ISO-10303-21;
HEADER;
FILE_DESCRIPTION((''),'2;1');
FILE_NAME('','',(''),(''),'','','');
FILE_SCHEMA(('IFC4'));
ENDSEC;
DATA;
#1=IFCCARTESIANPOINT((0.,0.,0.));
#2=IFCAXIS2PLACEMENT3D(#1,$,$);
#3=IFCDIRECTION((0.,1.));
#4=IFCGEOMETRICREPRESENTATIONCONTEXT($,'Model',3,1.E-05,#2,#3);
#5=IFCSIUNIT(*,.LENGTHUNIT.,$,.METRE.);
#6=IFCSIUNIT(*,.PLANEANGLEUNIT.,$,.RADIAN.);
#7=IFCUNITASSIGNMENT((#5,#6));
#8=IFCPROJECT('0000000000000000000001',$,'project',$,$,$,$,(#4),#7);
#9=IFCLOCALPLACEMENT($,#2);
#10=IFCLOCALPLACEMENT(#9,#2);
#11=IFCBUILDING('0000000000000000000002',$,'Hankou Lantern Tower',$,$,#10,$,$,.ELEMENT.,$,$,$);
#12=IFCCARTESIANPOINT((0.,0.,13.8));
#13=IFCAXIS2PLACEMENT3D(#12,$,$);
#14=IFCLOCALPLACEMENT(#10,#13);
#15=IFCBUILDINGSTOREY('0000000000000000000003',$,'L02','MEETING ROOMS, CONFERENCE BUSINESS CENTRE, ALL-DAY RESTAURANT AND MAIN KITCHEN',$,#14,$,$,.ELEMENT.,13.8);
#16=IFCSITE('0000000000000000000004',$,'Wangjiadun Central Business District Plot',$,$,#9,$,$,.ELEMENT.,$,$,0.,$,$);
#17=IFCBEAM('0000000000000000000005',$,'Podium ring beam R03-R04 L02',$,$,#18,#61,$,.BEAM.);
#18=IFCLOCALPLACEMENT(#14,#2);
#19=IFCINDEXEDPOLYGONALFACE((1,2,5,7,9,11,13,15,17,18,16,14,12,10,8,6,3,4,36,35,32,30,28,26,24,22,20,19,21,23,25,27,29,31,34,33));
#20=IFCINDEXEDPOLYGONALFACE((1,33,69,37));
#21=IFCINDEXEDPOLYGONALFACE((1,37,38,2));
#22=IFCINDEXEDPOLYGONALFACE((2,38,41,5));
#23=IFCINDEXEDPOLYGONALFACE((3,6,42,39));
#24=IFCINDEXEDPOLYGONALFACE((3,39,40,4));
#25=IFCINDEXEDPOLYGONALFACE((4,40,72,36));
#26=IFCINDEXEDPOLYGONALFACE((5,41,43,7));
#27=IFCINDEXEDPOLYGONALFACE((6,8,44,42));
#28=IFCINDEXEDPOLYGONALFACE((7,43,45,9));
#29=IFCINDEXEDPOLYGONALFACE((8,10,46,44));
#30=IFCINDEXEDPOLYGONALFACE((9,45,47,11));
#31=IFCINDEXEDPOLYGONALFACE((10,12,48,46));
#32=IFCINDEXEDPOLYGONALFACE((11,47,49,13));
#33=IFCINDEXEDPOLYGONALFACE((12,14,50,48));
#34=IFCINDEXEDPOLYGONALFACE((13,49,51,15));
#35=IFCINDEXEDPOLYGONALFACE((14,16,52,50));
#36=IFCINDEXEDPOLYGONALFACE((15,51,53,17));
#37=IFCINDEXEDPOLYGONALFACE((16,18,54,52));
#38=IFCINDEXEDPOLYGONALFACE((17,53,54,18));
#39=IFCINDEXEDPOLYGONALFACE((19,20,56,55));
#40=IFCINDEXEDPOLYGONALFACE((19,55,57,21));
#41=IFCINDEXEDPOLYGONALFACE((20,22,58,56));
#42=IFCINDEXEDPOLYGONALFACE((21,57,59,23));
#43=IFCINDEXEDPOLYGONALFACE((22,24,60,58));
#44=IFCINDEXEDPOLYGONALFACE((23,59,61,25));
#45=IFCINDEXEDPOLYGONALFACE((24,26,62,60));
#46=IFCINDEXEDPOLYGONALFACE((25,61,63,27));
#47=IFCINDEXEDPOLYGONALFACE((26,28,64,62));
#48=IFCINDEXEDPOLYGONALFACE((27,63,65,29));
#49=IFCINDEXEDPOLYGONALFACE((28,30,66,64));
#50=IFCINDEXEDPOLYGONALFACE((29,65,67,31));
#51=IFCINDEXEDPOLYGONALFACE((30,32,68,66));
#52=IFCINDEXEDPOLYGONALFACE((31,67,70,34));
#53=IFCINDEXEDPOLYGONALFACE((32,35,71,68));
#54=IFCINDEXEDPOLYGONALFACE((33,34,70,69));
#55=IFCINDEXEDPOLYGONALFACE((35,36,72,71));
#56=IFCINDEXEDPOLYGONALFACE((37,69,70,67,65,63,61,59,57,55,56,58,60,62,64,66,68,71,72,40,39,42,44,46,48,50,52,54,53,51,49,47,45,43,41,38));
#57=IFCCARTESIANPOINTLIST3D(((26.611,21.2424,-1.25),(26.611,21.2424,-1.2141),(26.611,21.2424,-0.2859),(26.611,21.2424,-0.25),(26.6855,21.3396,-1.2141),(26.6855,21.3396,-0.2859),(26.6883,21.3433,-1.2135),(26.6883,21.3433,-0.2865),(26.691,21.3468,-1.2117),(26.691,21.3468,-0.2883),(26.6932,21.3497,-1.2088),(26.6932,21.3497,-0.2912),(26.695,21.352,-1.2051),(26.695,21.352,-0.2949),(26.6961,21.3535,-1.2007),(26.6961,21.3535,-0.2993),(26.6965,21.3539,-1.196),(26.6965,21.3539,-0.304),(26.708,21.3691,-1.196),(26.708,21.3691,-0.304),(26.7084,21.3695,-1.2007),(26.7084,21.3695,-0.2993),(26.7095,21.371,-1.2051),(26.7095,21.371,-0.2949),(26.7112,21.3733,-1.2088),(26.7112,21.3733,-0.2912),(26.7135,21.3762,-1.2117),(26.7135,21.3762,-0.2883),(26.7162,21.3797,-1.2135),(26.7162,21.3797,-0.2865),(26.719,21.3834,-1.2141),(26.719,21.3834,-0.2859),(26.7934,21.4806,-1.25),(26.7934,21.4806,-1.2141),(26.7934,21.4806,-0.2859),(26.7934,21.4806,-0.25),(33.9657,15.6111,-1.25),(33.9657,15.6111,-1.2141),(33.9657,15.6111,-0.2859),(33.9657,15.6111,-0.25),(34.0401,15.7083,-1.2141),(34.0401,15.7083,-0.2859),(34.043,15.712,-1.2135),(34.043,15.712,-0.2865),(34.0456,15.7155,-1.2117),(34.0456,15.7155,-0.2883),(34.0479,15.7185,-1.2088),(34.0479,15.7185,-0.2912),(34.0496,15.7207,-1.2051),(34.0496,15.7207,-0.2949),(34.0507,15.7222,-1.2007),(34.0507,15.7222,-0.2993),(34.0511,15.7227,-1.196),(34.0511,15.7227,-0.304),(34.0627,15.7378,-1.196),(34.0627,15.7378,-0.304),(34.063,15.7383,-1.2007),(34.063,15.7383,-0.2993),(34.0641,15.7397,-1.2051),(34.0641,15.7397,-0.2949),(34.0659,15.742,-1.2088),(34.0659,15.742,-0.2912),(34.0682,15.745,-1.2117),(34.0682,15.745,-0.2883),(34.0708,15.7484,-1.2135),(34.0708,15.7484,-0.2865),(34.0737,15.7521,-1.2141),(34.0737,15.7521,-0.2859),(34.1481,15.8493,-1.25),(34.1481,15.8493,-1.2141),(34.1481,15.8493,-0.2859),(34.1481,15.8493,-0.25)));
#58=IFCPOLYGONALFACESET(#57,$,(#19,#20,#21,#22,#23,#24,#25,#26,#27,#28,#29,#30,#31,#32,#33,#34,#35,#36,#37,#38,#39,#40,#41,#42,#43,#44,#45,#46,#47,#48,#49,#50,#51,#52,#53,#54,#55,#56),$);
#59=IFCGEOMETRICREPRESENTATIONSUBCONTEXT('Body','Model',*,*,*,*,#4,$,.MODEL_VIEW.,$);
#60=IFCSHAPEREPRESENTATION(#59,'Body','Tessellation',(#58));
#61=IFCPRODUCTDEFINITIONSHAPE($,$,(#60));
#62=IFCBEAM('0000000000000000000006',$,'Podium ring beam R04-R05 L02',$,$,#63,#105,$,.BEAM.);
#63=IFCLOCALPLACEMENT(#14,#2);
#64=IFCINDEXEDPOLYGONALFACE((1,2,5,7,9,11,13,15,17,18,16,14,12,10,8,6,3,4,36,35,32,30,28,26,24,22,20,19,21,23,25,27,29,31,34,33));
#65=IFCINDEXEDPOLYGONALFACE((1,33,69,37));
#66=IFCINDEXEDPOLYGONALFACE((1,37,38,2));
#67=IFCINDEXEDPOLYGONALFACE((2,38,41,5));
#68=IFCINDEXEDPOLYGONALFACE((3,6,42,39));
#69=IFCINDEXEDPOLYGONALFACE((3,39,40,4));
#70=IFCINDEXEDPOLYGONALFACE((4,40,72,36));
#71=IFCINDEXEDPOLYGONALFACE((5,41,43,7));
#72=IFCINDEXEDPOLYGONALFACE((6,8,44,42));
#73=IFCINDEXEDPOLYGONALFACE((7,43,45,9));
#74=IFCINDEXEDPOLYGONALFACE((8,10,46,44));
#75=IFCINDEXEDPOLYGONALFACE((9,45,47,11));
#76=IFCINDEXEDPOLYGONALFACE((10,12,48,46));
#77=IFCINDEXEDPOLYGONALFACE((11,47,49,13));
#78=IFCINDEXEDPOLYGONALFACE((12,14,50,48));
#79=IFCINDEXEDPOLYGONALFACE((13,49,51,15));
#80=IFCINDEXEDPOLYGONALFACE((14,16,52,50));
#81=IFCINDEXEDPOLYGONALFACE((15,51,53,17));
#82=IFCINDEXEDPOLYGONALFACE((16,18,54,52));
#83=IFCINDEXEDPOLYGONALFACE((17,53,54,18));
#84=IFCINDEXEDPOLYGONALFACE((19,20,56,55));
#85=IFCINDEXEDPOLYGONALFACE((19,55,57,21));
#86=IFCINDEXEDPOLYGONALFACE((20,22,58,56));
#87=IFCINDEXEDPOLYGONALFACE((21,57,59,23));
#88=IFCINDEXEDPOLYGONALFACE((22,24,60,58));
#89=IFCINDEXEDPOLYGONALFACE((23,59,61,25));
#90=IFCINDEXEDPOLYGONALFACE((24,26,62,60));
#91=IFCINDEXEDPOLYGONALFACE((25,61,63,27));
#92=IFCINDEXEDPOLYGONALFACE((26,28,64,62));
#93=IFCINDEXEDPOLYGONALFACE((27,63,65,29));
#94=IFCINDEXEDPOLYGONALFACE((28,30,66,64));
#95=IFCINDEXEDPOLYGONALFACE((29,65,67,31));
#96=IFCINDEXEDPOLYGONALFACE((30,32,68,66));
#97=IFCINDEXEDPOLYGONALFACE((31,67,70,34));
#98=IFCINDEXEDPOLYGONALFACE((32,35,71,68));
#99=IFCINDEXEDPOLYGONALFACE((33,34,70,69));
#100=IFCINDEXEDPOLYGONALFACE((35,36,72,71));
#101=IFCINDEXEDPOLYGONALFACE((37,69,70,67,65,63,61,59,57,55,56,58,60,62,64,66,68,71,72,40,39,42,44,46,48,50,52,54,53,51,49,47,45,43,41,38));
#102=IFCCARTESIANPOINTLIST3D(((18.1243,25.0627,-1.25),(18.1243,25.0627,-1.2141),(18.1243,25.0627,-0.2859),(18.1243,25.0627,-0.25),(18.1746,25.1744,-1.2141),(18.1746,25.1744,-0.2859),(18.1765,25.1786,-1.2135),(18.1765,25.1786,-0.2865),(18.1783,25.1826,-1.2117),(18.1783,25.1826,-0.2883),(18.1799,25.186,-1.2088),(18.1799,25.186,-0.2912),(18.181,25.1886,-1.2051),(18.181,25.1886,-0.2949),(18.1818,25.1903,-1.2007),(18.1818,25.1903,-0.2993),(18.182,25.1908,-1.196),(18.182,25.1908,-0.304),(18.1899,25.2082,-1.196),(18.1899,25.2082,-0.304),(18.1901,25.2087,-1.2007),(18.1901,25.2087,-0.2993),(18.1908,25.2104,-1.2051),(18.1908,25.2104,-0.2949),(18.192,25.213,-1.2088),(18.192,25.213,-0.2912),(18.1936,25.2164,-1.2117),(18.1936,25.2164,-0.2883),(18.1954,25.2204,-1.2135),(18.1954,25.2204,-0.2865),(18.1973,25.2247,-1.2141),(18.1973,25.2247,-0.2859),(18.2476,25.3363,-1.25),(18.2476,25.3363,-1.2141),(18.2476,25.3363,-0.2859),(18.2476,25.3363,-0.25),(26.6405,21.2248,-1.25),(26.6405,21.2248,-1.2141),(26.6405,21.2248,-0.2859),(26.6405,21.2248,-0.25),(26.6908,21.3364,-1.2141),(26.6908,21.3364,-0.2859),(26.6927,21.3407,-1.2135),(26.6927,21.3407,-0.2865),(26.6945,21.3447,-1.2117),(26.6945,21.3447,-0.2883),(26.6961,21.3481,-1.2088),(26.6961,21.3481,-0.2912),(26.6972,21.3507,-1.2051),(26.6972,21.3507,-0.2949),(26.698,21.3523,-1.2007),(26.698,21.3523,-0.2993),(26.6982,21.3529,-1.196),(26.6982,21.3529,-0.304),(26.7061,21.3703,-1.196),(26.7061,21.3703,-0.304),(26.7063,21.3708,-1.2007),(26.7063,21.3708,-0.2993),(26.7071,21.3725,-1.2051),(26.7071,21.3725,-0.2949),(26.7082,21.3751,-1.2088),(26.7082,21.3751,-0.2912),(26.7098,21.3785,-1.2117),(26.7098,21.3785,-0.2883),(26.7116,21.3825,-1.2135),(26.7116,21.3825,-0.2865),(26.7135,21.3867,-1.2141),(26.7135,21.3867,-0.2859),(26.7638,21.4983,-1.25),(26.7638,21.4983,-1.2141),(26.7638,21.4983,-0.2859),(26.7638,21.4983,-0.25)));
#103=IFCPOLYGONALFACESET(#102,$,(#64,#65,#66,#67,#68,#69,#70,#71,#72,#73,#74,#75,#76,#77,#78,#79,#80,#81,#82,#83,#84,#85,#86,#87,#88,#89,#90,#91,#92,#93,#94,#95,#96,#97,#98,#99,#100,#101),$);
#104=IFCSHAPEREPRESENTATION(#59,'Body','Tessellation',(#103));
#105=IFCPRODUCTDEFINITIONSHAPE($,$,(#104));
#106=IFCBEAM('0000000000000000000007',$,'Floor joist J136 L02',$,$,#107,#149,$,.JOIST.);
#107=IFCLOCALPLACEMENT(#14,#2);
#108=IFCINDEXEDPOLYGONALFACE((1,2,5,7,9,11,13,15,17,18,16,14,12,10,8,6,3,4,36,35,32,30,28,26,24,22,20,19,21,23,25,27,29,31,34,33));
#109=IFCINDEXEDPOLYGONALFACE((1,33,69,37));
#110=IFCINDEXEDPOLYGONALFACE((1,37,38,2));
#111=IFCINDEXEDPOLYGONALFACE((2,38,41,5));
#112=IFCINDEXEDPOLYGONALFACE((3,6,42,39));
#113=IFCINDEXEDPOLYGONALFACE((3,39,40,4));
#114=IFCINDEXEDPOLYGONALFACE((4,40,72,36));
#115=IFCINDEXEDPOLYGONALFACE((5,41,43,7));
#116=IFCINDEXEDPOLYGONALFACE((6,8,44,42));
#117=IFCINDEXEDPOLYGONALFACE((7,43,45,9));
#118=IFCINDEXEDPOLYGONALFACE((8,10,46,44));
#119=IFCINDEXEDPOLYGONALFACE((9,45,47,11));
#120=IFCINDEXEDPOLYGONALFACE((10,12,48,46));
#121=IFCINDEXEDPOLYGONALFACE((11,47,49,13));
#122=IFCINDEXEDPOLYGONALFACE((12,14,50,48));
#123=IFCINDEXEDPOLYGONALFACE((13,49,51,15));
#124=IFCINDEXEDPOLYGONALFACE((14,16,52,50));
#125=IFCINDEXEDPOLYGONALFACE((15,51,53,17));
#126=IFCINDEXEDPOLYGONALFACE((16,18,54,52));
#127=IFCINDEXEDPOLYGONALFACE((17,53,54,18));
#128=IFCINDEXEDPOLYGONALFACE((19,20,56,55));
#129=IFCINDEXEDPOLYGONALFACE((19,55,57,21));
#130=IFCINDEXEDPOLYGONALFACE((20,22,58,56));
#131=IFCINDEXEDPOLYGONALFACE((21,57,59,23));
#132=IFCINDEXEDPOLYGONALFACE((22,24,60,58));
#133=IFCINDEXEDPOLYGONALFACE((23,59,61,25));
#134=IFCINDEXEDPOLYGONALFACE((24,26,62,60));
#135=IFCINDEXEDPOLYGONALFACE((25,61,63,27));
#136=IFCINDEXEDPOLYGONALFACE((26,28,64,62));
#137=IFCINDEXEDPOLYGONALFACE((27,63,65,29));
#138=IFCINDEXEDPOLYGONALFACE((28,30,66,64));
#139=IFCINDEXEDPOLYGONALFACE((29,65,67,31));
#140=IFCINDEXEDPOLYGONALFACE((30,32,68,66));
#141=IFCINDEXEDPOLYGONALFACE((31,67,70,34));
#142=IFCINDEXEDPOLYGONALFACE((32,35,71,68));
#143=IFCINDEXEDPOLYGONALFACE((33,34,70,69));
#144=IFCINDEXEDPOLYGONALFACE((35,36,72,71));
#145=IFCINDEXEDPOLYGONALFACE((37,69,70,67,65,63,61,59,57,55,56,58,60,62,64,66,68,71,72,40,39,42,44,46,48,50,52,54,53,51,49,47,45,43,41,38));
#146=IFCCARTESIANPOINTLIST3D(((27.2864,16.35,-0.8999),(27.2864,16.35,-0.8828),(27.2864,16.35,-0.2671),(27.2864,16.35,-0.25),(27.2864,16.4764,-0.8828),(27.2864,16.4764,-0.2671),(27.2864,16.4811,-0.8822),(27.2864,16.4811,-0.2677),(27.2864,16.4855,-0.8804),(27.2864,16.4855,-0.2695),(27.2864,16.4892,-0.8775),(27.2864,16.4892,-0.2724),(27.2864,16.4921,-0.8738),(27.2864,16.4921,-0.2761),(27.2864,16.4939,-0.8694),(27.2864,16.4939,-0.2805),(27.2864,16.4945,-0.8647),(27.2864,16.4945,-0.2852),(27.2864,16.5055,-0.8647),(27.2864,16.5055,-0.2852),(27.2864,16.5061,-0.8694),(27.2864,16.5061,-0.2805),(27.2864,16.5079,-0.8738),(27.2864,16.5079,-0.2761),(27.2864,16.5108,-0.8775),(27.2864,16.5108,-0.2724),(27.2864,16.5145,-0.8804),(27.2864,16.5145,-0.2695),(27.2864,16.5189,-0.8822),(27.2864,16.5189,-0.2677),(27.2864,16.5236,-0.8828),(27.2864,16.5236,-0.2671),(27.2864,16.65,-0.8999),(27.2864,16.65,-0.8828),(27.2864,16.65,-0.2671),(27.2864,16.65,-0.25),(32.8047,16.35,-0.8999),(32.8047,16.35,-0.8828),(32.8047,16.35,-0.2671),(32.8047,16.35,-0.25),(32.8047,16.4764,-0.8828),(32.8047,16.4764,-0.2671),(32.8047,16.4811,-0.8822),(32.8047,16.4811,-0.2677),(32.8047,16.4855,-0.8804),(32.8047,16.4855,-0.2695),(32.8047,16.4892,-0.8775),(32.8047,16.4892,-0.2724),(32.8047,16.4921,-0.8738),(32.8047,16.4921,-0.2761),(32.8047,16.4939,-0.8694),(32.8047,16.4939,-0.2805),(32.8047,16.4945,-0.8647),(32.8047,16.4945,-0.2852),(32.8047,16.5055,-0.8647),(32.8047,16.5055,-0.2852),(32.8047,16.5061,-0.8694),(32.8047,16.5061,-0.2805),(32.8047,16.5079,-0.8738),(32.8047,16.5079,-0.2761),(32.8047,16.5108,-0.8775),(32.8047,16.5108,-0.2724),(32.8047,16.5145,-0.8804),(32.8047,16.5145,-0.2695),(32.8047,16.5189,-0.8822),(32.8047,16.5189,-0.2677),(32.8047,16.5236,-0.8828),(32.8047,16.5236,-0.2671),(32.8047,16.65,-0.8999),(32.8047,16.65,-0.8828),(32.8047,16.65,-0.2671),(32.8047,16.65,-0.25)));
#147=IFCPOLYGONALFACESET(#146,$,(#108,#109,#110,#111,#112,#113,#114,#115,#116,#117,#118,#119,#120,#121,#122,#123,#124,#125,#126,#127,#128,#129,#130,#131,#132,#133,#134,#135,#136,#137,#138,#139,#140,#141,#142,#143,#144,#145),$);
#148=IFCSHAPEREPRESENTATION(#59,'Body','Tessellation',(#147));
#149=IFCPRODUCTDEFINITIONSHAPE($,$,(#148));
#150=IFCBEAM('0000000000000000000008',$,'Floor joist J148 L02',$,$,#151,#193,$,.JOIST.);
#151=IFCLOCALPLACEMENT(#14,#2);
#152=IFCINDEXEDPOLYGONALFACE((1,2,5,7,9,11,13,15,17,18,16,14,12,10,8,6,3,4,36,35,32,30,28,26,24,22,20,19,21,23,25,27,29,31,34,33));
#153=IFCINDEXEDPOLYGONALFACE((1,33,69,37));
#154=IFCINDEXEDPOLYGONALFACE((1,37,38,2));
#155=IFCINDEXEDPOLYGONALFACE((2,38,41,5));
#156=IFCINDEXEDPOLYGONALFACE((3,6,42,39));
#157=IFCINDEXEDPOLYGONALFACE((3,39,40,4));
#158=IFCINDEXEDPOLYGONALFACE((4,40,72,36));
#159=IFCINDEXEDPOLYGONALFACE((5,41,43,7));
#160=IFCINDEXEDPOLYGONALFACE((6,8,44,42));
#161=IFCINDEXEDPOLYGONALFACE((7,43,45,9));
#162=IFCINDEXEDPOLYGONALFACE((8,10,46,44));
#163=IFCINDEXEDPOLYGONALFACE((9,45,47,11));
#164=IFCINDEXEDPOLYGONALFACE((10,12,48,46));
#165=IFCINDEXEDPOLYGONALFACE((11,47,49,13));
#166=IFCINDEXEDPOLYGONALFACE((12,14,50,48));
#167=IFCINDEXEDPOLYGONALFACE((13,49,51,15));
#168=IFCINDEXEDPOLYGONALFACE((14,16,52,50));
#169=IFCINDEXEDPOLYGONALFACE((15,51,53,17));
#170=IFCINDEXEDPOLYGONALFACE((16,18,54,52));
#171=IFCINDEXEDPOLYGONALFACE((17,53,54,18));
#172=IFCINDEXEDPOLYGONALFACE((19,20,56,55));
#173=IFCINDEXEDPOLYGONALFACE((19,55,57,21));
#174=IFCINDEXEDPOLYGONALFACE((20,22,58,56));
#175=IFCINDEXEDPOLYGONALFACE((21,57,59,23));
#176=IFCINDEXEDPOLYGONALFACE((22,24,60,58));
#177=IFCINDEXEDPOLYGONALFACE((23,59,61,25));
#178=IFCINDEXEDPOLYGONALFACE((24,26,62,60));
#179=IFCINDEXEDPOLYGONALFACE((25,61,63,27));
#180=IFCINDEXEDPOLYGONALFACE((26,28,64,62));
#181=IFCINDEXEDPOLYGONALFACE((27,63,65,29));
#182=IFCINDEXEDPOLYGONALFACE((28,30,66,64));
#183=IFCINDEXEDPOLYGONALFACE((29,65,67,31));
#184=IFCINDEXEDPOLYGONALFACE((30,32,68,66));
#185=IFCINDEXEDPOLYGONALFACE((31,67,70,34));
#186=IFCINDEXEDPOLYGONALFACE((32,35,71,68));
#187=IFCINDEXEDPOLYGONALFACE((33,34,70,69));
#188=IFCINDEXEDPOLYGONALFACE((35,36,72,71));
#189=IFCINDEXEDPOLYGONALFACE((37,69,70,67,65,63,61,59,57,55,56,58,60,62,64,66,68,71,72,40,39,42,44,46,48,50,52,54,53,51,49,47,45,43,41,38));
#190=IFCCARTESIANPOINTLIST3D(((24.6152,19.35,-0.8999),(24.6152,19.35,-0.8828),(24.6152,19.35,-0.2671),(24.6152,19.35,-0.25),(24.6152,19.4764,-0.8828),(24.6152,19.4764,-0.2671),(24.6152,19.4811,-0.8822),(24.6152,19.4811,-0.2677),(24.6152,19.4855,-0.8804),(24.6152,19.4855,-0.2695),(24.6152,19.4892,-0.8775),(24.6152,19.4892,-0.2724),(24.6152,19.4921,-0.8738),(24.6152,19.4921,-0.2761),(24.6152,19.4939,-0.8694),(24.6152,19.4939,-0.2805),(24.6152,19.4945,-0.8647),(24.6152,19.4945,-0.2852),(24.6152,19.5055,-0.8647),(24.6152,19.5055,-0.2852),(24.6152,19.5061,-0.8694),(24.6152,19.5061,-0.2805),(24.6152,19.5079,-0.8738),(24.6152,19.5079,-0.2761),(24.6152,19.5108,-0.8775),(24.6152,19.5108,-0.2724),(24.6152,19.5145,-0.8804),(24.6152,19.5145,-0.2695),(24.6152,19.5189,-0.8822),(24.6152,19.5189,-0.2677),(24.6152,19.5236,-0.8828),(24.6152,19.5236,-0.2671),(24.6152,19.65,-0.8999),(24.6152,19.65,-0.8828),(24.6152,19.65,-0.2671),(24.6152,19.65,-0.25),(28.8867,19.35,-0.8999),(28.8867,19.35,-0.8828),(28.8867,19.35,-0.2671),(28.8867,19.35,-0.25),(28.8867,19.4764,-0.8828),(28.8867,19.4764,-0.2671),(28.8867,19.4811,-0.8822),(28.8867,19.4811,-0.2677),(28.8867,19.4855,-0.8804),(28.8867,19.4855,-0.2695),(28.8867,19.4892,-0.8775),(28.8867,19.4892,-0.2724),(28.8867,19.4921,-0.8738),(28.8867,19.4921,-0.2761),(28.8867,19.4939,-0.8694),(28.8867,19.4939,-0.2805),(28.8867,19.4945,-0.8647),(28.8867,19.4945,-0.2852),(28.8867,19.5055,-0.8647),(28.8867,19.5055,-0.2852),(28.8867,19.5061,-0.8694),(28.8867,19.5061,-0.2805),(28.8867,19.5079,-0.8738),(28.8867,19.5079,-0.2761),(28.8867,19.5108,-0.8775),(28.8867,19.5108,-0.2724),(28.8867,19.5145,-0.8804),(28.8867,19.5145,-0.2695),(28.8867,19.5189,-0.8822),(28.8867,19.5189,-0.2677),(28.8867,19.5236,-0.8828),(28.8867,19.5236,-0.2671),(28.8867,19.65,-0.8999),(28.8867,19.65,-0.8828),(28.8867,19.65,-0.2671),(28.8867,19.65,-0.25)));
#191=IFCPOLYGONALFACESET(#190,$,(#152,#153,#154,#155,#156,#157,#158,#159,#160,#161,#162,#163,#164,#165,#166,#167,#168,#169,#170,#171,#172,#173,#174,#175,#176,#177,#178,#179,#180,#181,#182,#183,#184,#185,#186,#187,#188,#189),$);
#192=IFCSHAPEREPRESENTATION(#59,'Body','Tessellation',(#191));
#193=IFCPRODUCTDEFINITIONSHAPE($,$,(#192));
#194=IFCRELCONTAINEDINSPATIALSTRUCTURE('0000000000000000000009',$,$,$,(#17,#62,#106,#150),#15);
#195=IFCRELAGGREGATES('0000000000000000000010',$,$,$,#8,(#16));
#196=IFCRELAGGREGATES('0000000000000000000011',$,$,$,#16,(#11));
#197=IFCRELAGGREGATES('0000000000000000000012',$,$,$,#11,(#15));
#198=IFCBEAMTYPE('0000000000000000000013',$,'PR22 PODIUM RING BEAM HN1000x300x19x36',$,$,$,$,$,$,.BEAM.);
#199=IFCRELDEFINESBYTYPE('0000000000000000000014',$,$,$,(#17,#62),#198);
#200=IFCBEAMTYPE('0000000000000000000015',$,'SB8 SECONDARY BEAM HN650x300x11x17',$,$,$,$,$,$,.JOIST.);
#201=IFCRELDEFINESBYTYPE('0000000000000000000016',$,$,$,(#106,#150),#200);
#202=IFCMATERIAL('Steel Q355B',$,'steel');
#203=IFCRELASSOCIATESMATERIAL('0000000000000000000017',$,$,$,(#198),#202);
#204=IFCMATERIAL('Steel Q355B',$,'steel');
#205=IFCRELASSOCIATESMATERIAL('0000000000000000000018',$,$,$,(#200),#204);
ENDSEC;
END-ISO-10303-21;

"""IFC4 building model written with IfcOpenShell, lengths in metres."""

from ifc_helpers import new_model, si_unit, direction, frame, origin, origin_2d, place, context, subcontext, project, spatial, i_section, extrude, material, material_profile, profile_set, type_object, element, save


model = new_model("IFC4")

# Units and contexts
model_context = context("Model", 3, precision=1e-05, world=origin(), true_north=direction((0.0, 1.0)))
body_context = subcontext(model_context, "Body", "Model", "MODEL_VIEW")
ifc_project = project(units=[si_unit("LENGTHUNIT", "METRE"), si_unit("PLANEANGLEUNIT", "RADIAN")], contexts=[model_context])

# Site, building, storey
site_placement = place(None, origin())
site = spatial("IfcSite", under=ifc_project, at=site_placement, Name="Wangjiadun Central Business District Plot", CompositionType="ELEMENT", RefElevation=0.0)
building_placement = place(site_placement, origin())
building = spatial("IfcBuilding", under=site, at=building_placement, Name="Hankou Lantern Tower", CompositionType="ELEMENT")
storey_placement = place(building_placement, frame((0.0, 0.0, 13.8)))
storey = spatial("IfcBuildingStorey", under=building, at=storey_placement, Name="L02", Description="MEETING ROOMS, CONFERENCE BUSINESS CENTRE, ALL-DAY RESTAURANT AND MAIN KITCHEN", CompositionType="ELEMENT", Elevation=13.8)

# Beams
ifc_material_1 = material(Name="Steel Q355B", Category="steel")
ifc_material_profile_1 = material_profile(ifc_material_1, i_section(OverallWidth=0.3, OverallDepth=1.0, WebThickness=0.019, FlangeThickness=0.0359, FilletRadius=0.0181, at=origin_2d()), Name="HN1000x300x19x36")
ifc_profile_set_1 = profile_set([ifc_material_profile_1], Name="Steel Q355B")
beam_type_1 = type_object("IfcBeamType", Name="PR22 PODIUM RING BEAM HN1000x300x19x36", PredefinedType="BEAM", material=ifc_profile_set_1)
beam_1_placement = place(storey_placement, frame((34.0569, 15.7302, -0.75), z_axis=(-0.793986, 0.607936, 0.0), x_axis=(-0.607936, -0.793986, 0.0)))
element("IfcBeam", 1, at=beam_1_placement, inside=storey, type_object=beam_type_1, Name="Podium ring beam R03-R04 L02", PredefinedType="BEAM", context=body_context, shape_type="SweptSolid", body=[
    extrude(i_section(OverallWidth=0.3, OverallDepth=1.0, WebThickness=0.019, FlangeThickness=0.0359, FilletRadius=0.0181, at=origin_2d()), origin(), (0.0, 0.0, 1.0), 9.2629),
])
beam_2_placement = place(storey_placement, frame((26.7021, 21.3616, -0.75), z_axis=(-0.911695, 0.410867, 0.0), x_axis=(-0.410867, -0.911695, 0.0)))
element("IfcBeam", 2, at=beam_2_placement, inside=storey, type_object=beam_type_1, Name="Podium ring beam R04-R05 L02", PredefinedType="BEAM", context=body_context, shape_type="SweptSolid", body=[
    extrude(i_section(OverallWidth=0.3, OverallDepth=1.0, WebThickness=0.019, FlangeThickness=0.0359, FilletRadius=0.0181, at=origin_2d()), origin(), (0.0, 0.0, 1.0), 9.3411),
])
ifc_material_2 = material(Name="Steel Q355B", Category="steel")
ifc_material_profile_2 = material_profile(ifc_material_2, i_section(OverallWidth=0.3, OverallDepth=0.6499, WebThickness=0.011, FlangeThickness=0.0171, FilletRadius=0.0181, at=origin_2d()), Name="HN650x300x11x17")
ifc_profile_set_2 = profile_set([ifc_material_profile_2], Name="Steel Q355B")
beam_type_2 = type_object("IfcBeamType", Name="SB8 SECONDARY BEAM HN650x300x11x17", PredefinedType="JOIST", material=ifc_profile_set_2)
beam_3_placement = place(storey_placement, frame((27.2864, 16.5, -0.575), z_axis=(1.0, 0.0, 0.0), x_axis=(0.0, 1.0, 0.0)))
element("IfcBeam", 3, at=beam_3_placement, inside=storey, type_object=beam_type_2, Name="Floor joist J136 L02", PredefinedType="JOIST", context=body_context, shape_type="SweptSolid", body=[
    extrude(i_section(OverallWidth=0.3, OverallDepth=0.6499, WebThickness=0.011, FlangeThickness=0.0171, FilletRadius=0.0181, at=origin_2d()), origin(), (0.0, 0.0, 1.0), 5.5183),
])
beam_4_placement = place(storey_placement, frame((24.6152, 19.5, -0.575), z_axis=(1.0, 0.0, 0.0), x_axis=(0.0, 1.0, 0.0)))
element("IfcBeam", 4, at=beam_4_placement, inside=storey, type_object=beam_type_2, Name="Floor joist J148 L02", PredefinedType="JOIST", context=body_context, shape_type="SweptSolid", body=[
    extrude(i_section(OverallWidth=0.3, OverallDepth=0.6499, WebThickness=0.011, FlangeThickness=0.0171, FilletRadius=0.0181, at=origin_2d()), origin(), (0.0, 0.0, 1.0), 4.2715),
])

save(model, "model.ifc")
